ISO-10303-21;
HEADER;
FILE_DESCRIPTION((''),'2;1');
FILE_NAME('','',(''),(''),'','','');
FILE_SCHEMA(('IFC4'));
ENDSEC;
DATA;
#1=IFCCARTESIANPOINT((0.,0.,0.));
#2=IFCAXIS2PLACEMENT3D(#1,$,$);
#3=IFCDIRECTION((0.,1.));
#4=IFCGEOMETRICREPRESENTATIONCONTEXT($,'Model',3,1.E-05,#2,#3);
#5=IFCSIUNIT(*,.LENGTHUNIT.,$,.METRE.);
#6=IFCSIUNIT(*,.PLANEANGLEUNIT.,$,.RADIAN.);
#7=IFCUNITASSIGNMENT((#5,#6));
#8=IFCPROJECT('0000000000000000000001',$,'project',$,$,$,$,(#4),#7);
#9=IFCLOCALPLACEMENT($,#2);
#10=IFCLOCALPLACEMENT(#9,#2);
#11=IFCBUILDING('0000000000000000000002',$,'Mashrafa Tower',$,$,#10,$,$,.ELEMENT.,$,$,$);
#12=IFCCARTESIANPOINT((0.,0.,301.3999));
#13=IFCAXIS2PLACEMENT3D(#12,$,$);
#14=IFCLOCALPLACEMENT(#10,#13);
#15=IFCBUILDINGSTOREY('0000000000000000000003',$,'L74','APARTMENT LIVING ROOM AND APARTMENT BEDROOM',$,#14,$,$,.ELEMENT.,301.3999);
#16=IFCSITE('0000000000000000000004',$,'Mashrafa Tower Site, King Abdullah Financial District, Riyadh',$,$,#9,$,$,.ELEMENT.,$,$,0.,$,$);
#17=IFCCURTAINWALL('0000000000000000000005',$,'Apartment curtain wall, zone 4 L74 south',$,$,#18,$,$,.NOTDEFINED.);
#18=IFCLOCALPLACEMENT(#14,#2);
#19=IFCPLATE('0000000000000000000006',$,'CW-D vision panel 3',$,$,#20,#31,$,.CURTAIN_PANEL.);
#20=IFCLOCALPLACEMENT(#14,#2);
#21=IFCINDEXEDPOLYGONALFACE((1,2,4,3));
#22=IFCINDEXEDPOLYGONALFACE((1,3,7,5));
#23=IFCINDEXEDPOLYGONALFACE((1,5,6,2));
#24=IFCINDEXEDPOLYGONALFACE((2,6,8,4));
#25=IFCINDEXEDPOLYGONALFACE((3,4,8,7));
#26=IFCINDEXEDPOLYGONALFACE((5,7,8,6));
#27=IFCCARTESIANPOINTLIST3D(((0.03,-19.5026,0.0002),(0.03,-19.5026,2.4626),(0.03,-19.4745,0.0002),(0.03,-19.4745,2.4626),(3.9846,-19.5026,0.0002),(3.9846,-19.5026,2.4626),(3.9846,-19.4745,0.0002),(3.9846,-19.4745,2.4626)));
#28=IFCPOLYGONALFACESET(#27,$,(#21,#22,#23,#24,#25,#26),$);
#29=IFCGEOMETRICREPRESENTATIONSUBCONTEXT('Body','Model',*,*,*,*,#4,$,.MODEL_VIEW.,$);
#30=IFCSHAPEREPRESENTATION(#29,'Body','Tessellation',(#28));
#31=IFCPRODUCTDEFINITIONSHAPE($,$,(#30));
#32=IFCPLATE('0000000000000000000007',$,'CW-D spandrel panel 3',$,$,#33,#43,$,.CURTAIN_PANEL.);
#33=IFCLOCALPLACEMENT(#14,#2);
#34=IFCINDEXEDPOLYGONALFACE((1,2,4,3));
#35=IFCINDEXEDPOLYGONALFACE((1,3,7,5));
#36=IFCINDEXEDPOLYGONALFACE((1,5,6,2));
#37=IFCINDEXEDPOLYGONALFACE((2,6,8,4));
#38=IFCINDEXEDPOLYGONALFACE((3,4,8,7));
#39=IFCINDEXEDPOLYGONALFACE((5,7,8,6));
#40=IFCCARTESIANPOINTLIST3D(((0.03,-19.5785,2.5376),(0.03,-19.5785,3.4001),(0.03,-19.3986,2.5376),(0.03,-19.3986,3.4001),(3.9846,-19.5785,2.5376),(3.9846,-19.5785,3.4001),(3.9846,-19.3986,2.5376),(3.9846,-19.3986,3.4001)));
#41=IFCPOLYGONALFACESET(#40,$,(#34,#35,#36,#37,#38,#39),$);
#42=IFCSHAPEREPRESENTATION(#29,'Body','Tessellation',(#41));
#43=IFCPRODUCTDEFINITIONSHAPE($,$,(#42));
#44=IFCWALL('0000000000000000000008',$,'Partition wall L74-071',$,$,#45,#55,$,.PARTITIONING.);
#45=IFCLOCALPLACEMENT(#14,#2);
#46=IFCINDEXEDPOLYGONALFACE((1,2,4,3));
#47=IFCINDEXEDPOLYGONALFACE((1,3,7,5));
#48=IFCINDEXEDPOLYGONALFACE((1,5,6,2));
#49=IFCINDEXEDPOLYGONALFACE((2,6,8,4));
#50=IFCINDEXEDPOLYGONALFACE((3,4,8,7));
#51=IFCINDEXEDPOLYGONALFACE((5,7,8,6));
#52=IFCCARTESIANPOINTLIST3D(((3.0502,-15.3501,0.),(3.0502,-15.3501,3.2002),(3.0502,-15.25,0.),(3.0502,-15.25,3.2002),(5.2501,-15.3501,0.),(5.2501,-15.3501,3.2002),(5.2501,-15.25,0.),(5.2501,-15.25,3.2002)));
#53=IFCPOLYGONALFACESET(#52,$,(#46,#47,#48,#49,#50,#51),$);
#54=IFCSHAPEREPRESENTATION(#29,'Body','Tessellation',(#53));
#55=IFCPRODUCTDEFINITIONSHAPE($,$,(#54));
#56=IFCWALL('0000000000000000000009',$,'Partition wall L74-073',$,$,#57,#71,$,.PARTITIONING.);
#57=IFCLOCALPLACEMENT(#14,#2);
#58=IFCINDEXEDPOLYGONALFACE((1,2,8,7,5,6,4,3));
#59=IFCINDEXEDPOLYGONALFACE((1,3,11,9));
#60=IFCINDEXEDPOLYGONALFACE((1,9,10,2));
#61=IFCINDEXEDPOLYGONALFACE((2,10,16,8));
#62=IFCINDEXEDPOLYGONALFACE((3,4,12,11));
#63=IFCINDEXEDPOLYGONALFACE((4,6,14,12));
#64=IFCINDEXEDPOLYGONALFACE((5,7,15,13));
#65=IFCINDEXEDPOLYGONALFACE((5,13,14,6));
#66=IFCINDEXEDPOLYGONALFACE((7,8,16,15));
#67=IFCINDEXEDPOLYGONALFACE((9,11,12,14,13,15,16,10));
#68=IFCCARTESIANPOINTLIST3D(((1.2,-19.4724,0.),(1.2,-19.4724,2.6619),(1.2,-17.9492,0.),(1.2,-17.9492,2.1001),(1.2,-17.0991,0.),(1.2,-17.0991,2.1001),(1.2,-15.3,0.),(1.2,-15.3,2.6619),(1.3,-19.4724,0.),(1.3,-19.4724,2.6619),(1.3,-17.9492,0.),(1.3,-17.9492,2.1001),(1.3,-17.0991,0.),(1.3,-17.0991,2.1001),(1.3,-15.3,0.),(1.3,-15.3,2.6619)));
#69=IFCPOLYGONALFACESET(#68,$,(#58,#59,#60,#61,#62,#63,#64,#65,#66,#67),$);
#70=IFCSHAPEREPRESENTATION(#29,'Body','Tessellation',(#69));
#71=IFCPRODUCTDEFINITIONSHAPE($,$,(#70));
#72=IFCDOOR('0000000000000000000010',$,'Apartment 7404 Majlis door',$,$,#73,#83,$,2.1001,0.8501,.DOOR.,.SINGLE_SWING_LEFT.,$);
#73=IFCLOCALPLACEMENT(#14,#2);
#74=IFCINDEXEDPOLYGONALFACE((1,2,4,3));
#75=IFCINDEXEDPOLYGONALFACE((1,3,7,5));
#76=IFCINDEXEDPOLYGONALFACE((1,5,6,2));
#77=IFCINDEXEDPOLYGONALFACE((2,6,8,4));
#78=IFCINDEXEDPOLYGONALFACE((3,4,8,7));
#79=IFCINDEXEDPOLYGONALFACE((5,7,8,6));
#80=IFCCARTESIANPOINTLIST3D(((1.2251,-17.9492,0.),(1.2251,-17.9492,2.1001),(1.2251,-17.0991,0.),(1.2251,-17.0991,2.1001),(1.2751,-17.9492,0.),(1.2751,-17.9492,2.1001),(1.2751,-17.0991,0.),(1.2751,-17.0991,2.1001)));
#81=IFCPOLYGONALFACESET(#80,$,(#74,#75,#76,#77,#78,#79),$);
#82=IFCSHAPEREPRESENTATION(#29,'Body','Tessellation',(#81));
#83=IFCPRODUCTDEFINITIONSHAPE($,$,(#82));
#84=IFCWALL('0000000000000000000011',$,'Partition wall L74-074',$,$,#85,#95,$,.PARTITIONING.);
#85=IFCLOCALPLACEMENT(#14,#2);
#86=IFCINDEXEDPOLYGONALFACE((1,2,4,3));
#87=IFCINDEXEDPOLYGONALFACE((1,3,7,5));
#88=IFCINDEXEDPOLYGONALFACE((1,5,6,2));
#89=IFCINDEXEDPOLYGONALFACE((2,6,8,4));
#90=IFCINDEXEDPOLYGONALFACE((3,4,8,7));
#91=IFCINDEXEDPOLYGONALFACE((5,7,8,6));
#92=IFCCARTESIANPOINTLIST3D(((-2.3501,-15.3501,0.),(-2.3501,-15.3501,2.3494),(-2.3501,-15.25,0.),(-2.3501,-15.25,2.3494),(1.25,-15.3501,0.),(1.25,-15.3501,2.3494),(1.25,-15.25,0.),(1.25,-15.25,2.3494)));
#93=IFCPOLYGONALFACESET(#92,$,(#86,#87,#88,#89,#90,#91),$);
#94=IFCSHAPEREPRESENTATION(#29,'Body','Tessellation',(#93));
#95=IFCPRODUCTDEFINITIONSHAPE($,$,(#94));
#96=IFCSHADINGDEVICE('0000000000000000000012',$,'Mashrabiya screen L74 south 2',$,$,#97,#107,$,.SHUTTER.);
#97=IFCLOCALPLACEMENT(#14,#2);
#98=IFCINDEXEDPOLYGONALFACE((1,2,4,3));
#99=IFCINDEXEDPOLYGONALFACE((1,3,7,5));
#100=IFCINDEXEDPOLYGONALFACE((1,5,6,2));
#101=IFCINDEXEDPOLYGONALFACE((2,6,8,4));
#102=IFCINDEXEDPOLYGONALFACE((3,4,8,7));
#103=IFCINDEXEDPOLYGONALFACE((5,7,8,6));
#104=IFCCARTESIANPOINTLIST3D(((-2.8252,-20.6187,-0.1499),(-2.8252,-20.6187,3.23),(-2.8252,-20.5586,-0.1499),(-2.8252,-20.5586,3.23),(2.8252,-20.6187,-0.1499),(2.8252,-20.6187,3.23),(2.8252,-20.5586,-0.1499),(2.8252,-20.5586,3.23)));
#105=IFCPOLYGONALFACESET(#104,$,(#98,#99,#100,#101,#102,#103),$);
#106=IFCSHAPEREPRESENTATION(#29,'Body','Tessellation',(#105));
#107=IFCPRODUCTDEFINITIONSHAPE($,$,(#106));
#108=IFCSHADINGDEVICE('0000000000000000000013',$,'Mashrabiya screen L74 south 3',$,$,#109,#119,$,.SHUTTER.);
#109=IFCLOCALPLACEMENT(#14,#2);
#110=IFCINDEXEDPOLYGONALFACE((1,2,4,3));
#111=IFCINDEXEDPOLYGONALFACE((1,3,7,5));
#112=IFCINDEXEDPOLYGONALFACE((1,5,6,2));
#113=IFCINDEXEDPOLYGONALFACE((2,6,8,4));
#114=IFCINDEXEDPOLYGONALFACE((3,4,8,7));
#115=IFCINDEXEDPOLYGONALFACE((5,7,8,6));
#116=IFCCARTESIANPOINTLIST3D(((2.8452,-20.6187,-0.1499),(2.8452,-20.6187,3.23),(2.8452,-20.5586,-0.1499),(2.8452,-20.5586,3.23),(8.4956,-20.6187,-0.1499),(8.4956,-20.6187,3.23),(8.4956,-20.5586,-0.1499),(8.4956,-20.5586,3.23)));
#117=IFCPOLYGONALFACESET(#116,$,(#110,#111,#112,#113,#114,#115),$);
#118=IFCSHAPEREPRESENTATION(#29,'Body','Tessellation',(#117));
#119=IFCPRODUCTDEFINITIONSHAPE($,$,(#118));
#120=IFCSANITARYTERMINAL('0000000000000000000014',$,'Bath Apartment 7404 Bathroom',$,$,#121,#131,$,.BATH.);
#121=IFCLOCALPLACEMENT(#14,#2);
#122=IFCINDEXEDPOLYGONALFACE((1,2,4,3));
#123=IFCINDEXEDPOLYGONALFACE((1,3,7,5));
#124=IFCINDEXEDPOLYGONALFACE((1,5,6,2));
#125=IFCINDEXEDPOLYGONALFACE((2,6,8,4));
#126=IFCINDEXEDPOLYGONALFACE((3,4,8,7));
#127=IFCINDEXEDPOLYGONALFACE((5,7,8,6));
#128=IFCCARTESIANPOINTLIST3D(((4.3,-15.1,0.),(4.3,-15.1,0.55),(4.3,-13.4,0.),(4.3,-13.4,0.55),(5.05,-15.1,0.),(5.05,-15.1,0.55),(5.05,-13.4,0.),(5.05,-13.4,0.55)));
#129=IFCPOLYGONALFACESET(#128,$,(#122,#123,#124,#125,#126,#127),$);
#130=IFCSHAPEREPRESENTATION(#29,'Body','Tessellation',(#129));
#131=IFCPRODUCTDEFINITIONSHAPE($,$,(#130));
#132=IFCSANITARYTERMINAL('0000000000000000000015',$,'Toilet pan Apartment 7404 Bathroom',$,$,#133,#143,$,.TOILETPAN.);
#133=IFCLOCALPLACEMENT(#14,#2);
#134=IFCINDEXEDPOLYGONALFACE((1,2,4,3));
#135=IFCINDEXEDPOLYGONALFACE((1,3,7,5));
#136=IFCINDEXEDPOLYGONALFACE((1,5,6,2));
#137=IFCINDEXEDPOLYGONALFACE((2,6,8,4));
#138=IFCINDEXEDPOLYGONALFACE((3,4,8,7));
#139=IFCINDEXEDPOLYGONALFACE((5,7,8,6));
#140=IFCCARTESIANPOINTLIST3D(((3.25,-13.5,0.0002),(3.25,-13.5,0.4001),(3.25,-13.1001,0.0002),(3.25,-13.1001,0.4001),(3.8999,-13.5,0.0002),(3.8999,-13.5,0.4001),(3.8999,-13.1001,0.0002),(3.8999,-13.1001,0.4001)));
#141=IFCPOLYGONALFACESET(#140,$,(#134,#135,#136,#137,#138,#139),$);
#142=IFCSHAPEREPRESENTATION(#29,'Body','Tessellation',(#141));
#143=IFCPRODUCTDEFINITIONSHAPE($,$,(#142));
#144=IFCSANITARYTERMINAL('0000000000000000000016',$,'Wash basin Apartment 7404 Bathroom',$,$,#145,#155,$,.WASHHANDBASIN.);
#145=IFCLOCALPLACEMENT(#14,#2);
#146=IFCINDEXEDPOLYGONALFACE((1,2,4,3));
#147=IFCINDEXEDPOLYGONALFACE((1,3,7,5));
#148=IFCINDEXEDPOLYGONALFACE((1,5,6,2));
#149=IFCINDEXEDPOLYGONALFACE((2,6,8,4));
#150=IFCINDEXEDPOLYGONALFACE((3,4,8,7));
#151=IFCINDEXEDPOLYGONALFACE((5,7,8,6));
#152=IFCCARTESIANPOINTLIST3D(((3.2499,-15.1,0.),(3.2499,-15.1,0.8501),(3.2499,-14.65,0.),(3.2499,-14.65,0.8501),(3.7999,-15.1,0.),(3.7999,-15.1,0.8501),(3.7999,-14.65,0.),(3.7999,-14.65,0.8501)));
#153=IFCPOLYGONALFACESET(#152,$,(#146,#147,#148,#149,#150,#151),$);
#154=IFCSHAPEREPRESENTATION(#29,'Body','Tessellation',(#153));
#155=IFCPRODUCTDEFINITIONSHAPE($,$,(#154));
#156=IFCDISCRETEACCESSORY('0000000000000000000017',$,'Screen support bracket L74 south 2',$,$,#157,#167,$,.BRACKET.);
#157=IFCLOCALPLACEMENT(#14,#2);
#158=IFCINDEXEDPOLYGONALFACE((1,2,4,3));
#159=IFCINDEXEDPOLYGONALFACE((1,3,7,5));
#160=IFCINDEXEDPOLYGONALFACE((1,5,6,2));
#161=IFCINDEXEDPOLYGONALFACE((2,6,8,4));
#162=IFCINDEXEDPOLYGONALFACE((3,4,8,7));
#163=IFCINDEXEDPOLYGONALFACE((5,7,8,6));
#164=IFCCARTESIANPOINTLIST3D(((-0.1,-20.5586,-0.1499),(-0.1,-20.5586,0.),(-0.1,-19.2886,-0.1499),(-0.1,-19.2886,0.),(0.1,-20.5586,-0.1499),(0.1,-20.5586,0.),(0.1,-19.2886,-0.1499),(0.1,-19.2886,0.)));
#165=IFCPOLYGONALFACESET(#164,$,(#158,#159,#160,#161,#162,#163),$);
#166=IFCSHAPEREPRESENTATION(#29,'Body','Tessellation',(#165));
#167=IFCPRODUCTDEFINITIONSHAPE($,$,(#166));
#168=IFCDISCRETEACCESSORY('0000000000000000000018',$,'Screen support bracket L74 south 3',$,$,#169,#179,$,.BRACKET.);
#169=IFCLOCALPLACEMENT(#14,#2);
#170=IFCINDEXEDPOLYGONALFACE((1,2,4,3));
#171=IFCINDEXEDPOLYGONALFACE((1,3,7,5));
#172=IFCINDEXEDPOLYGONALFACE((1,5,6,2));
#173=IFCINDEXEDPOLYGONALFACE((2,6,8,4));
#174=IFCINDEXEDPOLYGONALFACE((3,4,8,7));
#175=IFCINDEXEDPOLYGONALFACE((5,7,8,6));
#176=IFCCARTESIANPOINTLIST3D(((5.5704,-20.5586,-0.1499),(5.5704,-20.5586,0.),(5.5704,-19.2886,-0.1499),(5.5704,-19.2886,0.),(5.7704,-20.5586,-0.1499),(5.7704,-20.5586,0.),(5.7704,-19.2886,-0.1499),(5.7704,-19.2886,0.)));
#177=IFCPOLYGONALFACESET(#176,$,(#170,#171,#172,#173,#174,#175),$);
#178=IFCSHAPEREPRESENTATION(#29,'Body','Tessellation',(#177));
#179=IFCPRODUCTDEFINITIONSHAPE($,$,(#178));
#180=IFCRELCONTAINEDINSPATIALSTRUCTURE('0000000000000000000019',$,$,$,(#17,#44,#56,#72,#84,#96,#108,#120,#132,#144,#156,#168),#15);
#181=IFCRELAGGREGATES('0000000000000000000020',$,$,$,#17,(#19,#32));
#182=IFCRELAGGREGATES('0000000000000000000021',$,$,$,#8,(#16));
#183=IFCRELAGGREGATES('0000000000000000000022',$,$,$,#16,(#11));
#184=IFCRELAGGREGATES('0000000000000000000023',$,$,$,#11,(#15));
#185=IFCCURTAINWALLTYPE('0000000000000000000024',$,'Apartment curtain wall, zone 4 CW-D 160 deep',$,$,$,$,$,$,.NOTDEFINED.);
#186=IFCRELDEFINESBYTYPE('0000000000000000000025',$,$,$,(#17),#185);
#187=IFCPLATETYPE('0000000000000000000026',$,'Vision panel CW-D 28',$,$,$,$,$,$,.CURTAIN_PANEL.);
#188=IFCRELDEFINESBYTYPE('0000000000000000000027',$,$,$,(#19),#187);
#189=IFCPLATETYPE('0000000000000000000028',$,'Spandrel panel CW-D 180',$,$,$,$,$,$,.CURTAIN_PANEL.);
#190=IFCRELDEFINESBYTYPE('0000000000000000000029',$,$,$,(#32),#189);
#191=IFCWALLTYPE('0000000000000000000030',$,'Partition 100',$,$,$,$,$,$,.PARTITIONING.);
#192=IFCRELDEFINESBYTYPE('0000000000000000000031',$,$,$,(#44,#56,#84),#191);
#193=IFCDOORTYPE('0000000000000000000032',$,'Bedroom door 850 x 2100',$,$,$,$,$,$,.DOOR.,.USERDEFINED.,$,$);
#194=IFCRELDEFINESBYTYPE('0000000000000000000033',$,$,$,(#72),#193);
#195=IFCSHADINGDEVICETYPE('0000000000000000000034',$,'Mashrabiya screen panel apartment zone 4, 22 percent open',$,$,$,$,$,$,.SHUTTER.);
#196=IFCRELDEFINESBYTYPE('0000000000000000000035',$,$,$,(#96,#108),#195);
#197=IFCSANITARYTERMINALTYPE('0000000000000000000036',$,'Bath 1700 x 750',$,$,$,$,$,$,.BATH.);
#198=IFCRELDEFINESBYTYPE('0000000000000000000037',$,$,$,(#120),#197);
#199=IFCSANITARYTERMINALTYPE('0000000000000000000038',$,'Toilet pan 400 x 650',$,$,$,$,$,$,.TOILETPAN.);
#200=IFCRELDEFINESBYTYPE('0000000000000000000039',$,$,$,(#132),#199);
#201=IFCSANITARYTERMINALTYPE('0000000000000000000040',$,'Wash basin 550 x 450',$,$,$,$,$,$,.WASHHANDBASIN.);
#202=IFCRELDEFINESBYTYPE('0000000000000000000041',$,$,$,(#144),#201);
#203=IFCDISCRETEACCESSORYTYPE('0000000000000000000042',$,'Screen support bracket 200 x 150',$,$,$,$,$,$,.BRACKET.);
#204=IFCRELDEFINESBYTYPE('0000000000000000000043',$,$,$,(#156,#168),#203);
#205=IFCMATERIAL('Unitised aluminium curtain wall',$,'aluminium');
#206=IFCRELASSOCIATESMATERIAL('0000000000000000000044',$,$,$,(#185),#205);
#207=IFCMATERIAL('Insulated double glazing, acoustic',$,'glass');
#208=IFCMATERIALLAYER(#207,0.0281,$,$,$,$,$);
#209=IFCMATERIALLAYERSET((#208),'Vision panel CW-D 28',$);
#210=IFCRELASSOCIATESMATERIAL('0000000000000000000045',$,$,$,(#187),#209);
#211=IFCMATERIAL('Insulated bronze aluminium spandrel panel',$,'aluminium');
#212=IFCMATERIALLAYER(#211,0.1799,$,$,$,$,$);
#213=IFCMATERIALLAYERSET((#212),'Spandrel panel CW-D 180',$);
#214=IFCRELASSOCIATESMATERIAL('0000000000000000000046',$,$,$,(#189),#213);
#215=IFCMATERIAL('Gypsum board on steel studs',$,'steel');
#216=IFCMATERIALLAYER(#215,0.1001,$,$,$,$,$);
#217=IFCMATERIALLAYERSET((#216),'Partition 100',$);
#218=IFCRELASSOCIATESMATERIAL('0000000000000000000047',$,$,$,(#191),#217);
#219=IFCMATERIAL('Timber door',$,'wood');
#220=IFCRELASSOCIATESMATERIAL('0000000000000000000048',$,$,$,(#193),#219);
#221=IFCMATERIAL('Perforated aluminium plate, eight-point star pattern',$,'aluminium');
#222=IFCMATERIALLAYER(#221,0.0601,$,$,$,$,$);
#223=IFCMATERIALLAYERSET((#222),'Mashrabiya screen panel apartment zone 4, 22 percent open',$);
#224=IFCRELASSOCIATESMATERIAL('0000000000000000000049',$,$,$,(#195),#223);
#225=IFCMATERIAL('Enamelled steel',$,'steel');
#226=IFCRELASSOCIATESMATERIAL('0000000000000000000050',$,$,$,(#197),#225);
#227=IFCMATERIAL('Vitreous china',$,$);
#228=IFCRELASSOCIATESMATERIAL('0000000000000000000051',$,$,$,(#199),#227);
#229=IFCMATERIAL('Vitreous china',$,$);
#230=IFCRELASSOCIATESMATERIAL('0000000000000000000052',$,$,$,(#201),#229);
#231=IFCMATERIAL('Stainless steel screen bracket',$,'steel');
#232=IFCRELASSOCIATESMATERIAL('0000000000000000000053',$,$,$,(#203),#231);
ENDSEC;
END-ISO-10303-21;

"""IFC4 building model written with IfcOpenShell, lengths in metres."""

from ifc_helpers import new_model, si_unit, direction, frame, frame_2d, origin, origin_2d, place, context, subcontext, project, spatial, rectangle, extrude, source, transform, mapped, material, layer, layer_set, type_object, type_shapes, element, fill, aggregate, save


model = new_model("IFC4")

# Units and contexts
model_context = context("Model", 3, precision=1e-05, world=origin(), true_north=direction((0.0, 1.0)))
body_context = subcontext(model_context, "Body", "Model", "MODEL_VIEW")
ifc_project = project(units=[si_unit("LENGTHUNIT", "METRE"), si_unit("PLANEANGLEUNIT", "RADIAN")], contexts=[model_context])

# Site, building, storey
site_placement = place(None, origin())
site = spatial("IfcSite", under=ifc_project, at=site_placement, Name="Mashrafa Tower Site, King Abdullah Financial District, Riyadh", CompositionType="ELEMENT", RefElevation=0.0)
building_placement = place(site_placement, origin())
building = spatial("IfcBuilding", under=site, at=building_placement, Name="Mashrafa Tower", CompositionType="ELEMENT")
storey_placement = place(building_placement, frame((0.0, 0.0, 301.3999)))
storey = spatial("IfcBuildingStorey", under=building, at=storey_placement, Name="L74", Description="APARTMENT LIVING ROOM AND APARTMENT BEDROOM", CompositionType="ELEMENT", Elevation=301.3999)

# Curtain wall
ifc_material_1 = material(Name="Unitised aluminium curtain wall", Category="aluminium")
curtain_wall_type = type_object("IfcCurtainWallType", Name="Apartment curtain wall, zone 4 CW-D 160 deep", PredefinedType="NOTDEFINED", material=ifc_material_1)
curtain_wall_1_placement = place(storey_placement, origin())
curtain_wall_1 = element("IfcCurtainWall", 1, at=curtain_wall_1_placement, inside=storey, type_object=curtain_wall_type, Name="Apartment curtain wall, zone 4 L74 south", PredefinedType="NOTDEFINED")

# Plates
ifc_material_2 = material(Name="Insulated double glazing, acoustic", Category="glass")
ifc_layer_1 = layer(ifc_material_2, 0.0281)
ifc_layer_set_1 = layer_set([ifc_layer_1], Name="Vision panel CW-D 28")
plate_type_1 = type_object("IfcPlateType", Name="Vision panel CW-D 28", PredefinedType="CURTAIN_PANEL", material=ifc_layer_set_1)
ifc_material_3 = material(Name="Insulated bronze aluminium spandrel panel", Category="aluminium")
ifc_layer_2 = layer(ifc_material_3, 0.1799)
ifc_layer_set_2 = layer_set([ifc_layer_2], Name="Spandrel panel CW-D 180")
plate_type_2 = type_object("IfcPlateType", Name="Spandrel panel CW-D 180", PredefinedType="CURTAIN_PANEL", material=ifc_layer_set_2)
shared_shape_1 = source(origin(), body_context, "Body", "SweptSolid", [
    extrude(rectangle(XDim=3.9546, YDim=0.0281, at=origin_2d()), origin(), (0.0, 0.0, 1.0), 2.4624),
])
plate_1_placement = place(storey_placement, frame((2.0073, -19.4885, 0.0002), z_axis=(0.0, 0.0, 1.0), x_axis=(1.0, 0.0, 0.0)))
plate_1 = element("IfcPlate", 2, at=plate_1_placement, type_object=plate_type_1, Name="CW-D vision panel 3", PredefinedType="CURTAIN_PANEL", context=body_context, shape_type="MappedRepresentation", body=[
    mapped(shared_shape_1, transform((0.0, 0.0, 0.0))),
])
shared_shape_2 = source(origin(), body_context, "Body", "SweptSolid", [
    extrude(rectangle(XDim=3.9546, YDim=0.1799, at=origin_2d()), origin(), (0.0, 0.0, 1.0), 0.8625),
])
plate_2_placement = place(storey_placement, frame((2.0073, -19.4885, 2.5376), z_axis=(0.0, 0.0, 1.0), x_axis=(1.0, 0.0, 0.0)))
plate_2 = element("IfcPlate", 3, at=plate_2_placement, type_object=plate_type_2, Name="CW-D spandrel panel 3", PredefinedType="CURTAIN_PANEL", context=body_context, shape_type="MappedRepresentation", body=[
    mapped(shared_shape_2, transform((0.0, 0.0, 0.0))),
])
aggregate(curtain_wall_1, [plate_1, plate_2])

# Wall
ifc_material_4 = material(Name="Gypsum board on steel studs", Category="steel")
ifc_layer_3 = layer(ifc_material_4, 0.1001)
ifc_layer_set_3 = layer_set([ifc_layer_3], Name="Partition 100")
wall_type = type_object("IfcWallType", Name="Partition 100", PredefinedType="PARTITIONING", material=ifc_layer_set_3)
wall_1_placement = place(storey_placement, frame((3.05, -15.3, 0.0), z_axis=(0.0, 0.0, 1.0), x_axis=(1.0, 0.0, 0.0)))
element("IfcWall", 4, at=wall_1_placement, inside=storey, type_object=wall_type, Name="Partition wall L74-071", PredefinedType="PARTITIONING", context=body_context, shape_type="SweptSolid", body=[
    extrude(rectangle(XDim=2.2, YDim=0.1001, at=frame_2d((1.1001, 0.0))), origin(), (0.0, 0.0, 1.0), 3.2002),
])

# Wall, opening, door
wall_2_placement = place(storey_placement, frame((1.25, -19.4724, 0.0), z_axis=(0.0, 0.0, 1.0), x_axis=(0.0, 1.0, 0.0)))
wall_2 = element("IfcWall", 5, at=wall_2_placement, inside=storey, type_object=wall_type, Name="Partition wall L74-073", PredefinedType="PARTITIONING", context=body_context, shape_type="SweptSolid", body=[
    extrude(rectangle(XDim=4.1724, YDim=0.1001, at=frame_2d((2.0862, 0.0))), origin(), (0.0, 0.0, 1.0), 2.6619),
])
opening_placement = place(wall_2_placement, frame((1.5232, 0.0, 0.0)))
opening = element("IfcOpeningElement", 6, at=opening_placement, cuts=wall_2, PredefinedType="OPENING", context=body_context, shape_type="SweptSolid", body=[
    extrude(rectangle(XDim=0.8501, YDim=2.1001, at=frame_2d((0.425, 1.05))), frame((0.0, 0.0601, 0.0), z_axis=(0.0, -1.0, 0.0), x_axis=(1.0, 0.0, 0.0)), (0.0, 0.0, 1.0), 0.1201),
])
ifc_material_5 = material(Name="Timber door", Category="wood")
door_type = type_object("IfcDoorType", Name="Bedroom door 850 x 2100", OperationType="USERDEFINED", PredefinedType="DOOR", material=ifc_material_5)
door_placement = place(opening_placement, origin())
door = element("IfcDoor", 7, at=door_placement, inside=storey, type_object=door_type, Name="Apartment 7404 Majlis door", OperationType="SINGLE_SWING_LEFT", OverallHeight=2.1001, OverallWidth=0.8501, PredefinedType="DOOR", context=body_context, shape_type="SweptSolid", body=[
    extrude(rectangle(XDim=0.8501, YDim=2.1001, at=frame_2d((0.425, 1.05))), frame((0.0, 0.0249, 0.0), z_axis=(0.0, -1.0, 0.0), x_axis=(1.0, 0.0, 0.0)), (0.0, 0.0, 1.0), 0.05),
])
fill(opening, door)

# Wall
wall_3_placement = place(storey_placement, frame((1.25, -15.3, 0.0), z_axis=(0.0, 0.0, 1.0), x_axis=(-1.0, 0.0, 0.0)))
element("IfcWall", 8, at=wall_3_placement, inside=storey, type_object=wall_type, Name="Partition wall L74-074", PredefinedType="PARTITIONING", context=body_context, shape_type="SweptSolid", body=[
    extrude(rectangle(XDim=3.6001, YDim=0.1001, at=frame_2d((1.8, 0.0))), origin(), (0.0, 0.0, 1.0), 2.3494),
])

# Shading devices
ifc_material_6 = material(Name="Perforated aluminium plate, eight-point star pattern", Category="aluminium")
ifc_layer_4 = layer(ifc_material_6, 0.0601)
ifc_layer_set_4 = layer_set([ifc_layer_4], Name="Mashrabiya screen panel apartment zone 4, 22 percent open")
shading_device_type = type_object("IfcShadingDeviceType", Name="Mashrabiya screen panel apartment zone 4, 22 percent open", PredefinedType="SHUTTER", material=ifc_layer_set_4)
shared_shape_3 = source(origin(), body_context, "Body", "SweptSolid", [
    extrude(rectangle(XDim=5.6504, YDim=0.0601, at=origin_2d()), origin(), (0.0, 0.0, 1.0), 3.3799),
])
type_shapes(shading_device_type, [shared_shape_3])
for number, where, z_axis, x_axis, name in (
    (9, (0.0, -20.5886, -0.1499), (0.0, 0.0, 1.0), (1.0, 0.0, 0.0), "Mashrabiya screen L74 south 2"),
    (10, (5.6704, -20.5886, -0.1499), (0.0, 0.0, 1.0), (1.0, 0.0, 0.0), "Mashrabiya screen L74 south 3"),
):
    element("IfcShadingDevice", number, at=place(storey_placement, frame(where, z_axis=z_axis, x_axis=x_axis)), inside=storey, type_object=shading_device_type, Name=name, PredefinedType="SHUTTER", context=body_context, shape_type="MappedRepresentation", body=[
        mapped(shared_shape_3, transform((0.0, 0.0, 0.0))),
    ])

# Sanitary terminals
ifc_material_7 = material(Name="Enamelled steel", Category="steel")
sanitary_terminal_type_1 = type_object("IfcSanitaryTerminalType", Name="Bath 1700 x 750", PredefinedType="BATH", material=ifc_material_7)
sanitary_terminal_1_placement = place(storey_placement, frame((4.675, -14.25, 0.0), z_axis=(0.0, 0.0, 1.0), x_axis=(0.0, 1.0, 0.0)))
element("IfcSanitaryTerminal", 11, at=sanitary_terminal_1_placement, inside=storey, type_object=sanitary_terminal_type_1, Name="Bath Apartment 7404 Bathroom", PredefinedType="BATH", context=body_context, shape_type="SweptSolid", body=[
    extrude(rectangle(XDim=1.7, YDim=0.75, at=origin_2d()), origin(), (0.0, 0.0, 1.0), 0.55),
])
ifc_material_8 = material(Name="Vitreous china")
sanitary_terminal_type_2 = type_object("IfcSanitaryTerminalType", Name="Toilet pan 400 x 650", PredefinedType="TOILETPAN", material=ifc_material_8)
sanitary_terminal_2_placement = place(storey_placement, frame((3.575, -13.3, 0.0002), z_axis=(0.0, 0.0, 1.0), x_axis=(0.0, -1.0, 0.0)))
element("IfcSanitaryTerminal", 12, at=sanitary_terminal_2_placement, inside=storey, type_object=sanitary_terminal_type_2, Name="Toilet pan Apartment 7404 Bathroom", PredefinedType="TOILETPAN", context=body_context, shape_type="SweptSolid", body=[
    extrude(rectangle(XDim=0.3999, YDim=0.6499, at=origin_2d()), origin(), (0.0, 0.0, 1.0), 0.3999),
])
ifc_material_9 = material(Name="Vitreous china")
sanitary_terminal_type_3 = type_object("IfcSanitaryTerminalType", Name="Wash basin 550 x 450", PredefinedType="WASHHANDBASIN", material=ifc_material_9)
sanitary_terminal_3_placement = place(storey_placement, frame((3.5249, -14.875, 0.0), z_axis=(0.0, 0.0, 1.0), x_axis=(1.0, 0.0, 0.0)))
element("IfcSanitaryTerminal", 13, at=sanitary_terminal_3_placement, inside=storey, type_object=sanitary_terminal_type_3, Name="Wash basin Apartment 7404 Bathroom", PredefinedType="WASHHANDBASIN", context=body_context, shape_type="SweptSolid", body=[
    extrude(rectangle(XDim=0.55, YDim=0.45, at=origin_2d()), origin(), (0.0, 0.0, 1.0), 0.8501),
])

# Discrete accessories
ifc_material_10 = material(Name="Stainless steel screen bracket", Category="steel")
discrete_accessory_type = type_object("IfcDiscreteAccessoryType", Name="Screen support bracket 200 x 150", PredefinedType="BRACKET", material=ifc_material_10)
shared_shape_4 = source(origin(), body_context, "Body", "SweptSolid", [
    extrude(rectangle(XDim=0.2, YDim=1.27, at=origin_2d()), origin(), (0.0, 0.0, 1.0), 0.1499),
])
type_shapes(discrete_accessory_type, [shared_shape_4])
for number, where, z_axis, x_axis, name in (
    (14, (0.0, -19.9236, -0.1499), (0.0, 0.0, 1.0), (1.0, 0.0, 0.0), "Screen support bracket L74 south 2"),
    (15, (5.6704, -19.9236, -0.1499), (0.0, 0.0, 1.0), (1.0, 0.0, 0.0), "Screen support bracket L74 south 3"),
):
    element("IfcDiscreteAccessory", number, at=place(storey_placement, frame(where, z_axis=z_axis, x_axis=x_axis)), inside=storey, type_object=discrete_accessory_type, Name=name, PredefinedType="BRACKET", context=body_context, shape_type="MappedRepresentation", body=[
        mapped(shared_shape_4, transform((0.0, 0.0, 0.0))),
    ])

save(model, "model.ifc")
